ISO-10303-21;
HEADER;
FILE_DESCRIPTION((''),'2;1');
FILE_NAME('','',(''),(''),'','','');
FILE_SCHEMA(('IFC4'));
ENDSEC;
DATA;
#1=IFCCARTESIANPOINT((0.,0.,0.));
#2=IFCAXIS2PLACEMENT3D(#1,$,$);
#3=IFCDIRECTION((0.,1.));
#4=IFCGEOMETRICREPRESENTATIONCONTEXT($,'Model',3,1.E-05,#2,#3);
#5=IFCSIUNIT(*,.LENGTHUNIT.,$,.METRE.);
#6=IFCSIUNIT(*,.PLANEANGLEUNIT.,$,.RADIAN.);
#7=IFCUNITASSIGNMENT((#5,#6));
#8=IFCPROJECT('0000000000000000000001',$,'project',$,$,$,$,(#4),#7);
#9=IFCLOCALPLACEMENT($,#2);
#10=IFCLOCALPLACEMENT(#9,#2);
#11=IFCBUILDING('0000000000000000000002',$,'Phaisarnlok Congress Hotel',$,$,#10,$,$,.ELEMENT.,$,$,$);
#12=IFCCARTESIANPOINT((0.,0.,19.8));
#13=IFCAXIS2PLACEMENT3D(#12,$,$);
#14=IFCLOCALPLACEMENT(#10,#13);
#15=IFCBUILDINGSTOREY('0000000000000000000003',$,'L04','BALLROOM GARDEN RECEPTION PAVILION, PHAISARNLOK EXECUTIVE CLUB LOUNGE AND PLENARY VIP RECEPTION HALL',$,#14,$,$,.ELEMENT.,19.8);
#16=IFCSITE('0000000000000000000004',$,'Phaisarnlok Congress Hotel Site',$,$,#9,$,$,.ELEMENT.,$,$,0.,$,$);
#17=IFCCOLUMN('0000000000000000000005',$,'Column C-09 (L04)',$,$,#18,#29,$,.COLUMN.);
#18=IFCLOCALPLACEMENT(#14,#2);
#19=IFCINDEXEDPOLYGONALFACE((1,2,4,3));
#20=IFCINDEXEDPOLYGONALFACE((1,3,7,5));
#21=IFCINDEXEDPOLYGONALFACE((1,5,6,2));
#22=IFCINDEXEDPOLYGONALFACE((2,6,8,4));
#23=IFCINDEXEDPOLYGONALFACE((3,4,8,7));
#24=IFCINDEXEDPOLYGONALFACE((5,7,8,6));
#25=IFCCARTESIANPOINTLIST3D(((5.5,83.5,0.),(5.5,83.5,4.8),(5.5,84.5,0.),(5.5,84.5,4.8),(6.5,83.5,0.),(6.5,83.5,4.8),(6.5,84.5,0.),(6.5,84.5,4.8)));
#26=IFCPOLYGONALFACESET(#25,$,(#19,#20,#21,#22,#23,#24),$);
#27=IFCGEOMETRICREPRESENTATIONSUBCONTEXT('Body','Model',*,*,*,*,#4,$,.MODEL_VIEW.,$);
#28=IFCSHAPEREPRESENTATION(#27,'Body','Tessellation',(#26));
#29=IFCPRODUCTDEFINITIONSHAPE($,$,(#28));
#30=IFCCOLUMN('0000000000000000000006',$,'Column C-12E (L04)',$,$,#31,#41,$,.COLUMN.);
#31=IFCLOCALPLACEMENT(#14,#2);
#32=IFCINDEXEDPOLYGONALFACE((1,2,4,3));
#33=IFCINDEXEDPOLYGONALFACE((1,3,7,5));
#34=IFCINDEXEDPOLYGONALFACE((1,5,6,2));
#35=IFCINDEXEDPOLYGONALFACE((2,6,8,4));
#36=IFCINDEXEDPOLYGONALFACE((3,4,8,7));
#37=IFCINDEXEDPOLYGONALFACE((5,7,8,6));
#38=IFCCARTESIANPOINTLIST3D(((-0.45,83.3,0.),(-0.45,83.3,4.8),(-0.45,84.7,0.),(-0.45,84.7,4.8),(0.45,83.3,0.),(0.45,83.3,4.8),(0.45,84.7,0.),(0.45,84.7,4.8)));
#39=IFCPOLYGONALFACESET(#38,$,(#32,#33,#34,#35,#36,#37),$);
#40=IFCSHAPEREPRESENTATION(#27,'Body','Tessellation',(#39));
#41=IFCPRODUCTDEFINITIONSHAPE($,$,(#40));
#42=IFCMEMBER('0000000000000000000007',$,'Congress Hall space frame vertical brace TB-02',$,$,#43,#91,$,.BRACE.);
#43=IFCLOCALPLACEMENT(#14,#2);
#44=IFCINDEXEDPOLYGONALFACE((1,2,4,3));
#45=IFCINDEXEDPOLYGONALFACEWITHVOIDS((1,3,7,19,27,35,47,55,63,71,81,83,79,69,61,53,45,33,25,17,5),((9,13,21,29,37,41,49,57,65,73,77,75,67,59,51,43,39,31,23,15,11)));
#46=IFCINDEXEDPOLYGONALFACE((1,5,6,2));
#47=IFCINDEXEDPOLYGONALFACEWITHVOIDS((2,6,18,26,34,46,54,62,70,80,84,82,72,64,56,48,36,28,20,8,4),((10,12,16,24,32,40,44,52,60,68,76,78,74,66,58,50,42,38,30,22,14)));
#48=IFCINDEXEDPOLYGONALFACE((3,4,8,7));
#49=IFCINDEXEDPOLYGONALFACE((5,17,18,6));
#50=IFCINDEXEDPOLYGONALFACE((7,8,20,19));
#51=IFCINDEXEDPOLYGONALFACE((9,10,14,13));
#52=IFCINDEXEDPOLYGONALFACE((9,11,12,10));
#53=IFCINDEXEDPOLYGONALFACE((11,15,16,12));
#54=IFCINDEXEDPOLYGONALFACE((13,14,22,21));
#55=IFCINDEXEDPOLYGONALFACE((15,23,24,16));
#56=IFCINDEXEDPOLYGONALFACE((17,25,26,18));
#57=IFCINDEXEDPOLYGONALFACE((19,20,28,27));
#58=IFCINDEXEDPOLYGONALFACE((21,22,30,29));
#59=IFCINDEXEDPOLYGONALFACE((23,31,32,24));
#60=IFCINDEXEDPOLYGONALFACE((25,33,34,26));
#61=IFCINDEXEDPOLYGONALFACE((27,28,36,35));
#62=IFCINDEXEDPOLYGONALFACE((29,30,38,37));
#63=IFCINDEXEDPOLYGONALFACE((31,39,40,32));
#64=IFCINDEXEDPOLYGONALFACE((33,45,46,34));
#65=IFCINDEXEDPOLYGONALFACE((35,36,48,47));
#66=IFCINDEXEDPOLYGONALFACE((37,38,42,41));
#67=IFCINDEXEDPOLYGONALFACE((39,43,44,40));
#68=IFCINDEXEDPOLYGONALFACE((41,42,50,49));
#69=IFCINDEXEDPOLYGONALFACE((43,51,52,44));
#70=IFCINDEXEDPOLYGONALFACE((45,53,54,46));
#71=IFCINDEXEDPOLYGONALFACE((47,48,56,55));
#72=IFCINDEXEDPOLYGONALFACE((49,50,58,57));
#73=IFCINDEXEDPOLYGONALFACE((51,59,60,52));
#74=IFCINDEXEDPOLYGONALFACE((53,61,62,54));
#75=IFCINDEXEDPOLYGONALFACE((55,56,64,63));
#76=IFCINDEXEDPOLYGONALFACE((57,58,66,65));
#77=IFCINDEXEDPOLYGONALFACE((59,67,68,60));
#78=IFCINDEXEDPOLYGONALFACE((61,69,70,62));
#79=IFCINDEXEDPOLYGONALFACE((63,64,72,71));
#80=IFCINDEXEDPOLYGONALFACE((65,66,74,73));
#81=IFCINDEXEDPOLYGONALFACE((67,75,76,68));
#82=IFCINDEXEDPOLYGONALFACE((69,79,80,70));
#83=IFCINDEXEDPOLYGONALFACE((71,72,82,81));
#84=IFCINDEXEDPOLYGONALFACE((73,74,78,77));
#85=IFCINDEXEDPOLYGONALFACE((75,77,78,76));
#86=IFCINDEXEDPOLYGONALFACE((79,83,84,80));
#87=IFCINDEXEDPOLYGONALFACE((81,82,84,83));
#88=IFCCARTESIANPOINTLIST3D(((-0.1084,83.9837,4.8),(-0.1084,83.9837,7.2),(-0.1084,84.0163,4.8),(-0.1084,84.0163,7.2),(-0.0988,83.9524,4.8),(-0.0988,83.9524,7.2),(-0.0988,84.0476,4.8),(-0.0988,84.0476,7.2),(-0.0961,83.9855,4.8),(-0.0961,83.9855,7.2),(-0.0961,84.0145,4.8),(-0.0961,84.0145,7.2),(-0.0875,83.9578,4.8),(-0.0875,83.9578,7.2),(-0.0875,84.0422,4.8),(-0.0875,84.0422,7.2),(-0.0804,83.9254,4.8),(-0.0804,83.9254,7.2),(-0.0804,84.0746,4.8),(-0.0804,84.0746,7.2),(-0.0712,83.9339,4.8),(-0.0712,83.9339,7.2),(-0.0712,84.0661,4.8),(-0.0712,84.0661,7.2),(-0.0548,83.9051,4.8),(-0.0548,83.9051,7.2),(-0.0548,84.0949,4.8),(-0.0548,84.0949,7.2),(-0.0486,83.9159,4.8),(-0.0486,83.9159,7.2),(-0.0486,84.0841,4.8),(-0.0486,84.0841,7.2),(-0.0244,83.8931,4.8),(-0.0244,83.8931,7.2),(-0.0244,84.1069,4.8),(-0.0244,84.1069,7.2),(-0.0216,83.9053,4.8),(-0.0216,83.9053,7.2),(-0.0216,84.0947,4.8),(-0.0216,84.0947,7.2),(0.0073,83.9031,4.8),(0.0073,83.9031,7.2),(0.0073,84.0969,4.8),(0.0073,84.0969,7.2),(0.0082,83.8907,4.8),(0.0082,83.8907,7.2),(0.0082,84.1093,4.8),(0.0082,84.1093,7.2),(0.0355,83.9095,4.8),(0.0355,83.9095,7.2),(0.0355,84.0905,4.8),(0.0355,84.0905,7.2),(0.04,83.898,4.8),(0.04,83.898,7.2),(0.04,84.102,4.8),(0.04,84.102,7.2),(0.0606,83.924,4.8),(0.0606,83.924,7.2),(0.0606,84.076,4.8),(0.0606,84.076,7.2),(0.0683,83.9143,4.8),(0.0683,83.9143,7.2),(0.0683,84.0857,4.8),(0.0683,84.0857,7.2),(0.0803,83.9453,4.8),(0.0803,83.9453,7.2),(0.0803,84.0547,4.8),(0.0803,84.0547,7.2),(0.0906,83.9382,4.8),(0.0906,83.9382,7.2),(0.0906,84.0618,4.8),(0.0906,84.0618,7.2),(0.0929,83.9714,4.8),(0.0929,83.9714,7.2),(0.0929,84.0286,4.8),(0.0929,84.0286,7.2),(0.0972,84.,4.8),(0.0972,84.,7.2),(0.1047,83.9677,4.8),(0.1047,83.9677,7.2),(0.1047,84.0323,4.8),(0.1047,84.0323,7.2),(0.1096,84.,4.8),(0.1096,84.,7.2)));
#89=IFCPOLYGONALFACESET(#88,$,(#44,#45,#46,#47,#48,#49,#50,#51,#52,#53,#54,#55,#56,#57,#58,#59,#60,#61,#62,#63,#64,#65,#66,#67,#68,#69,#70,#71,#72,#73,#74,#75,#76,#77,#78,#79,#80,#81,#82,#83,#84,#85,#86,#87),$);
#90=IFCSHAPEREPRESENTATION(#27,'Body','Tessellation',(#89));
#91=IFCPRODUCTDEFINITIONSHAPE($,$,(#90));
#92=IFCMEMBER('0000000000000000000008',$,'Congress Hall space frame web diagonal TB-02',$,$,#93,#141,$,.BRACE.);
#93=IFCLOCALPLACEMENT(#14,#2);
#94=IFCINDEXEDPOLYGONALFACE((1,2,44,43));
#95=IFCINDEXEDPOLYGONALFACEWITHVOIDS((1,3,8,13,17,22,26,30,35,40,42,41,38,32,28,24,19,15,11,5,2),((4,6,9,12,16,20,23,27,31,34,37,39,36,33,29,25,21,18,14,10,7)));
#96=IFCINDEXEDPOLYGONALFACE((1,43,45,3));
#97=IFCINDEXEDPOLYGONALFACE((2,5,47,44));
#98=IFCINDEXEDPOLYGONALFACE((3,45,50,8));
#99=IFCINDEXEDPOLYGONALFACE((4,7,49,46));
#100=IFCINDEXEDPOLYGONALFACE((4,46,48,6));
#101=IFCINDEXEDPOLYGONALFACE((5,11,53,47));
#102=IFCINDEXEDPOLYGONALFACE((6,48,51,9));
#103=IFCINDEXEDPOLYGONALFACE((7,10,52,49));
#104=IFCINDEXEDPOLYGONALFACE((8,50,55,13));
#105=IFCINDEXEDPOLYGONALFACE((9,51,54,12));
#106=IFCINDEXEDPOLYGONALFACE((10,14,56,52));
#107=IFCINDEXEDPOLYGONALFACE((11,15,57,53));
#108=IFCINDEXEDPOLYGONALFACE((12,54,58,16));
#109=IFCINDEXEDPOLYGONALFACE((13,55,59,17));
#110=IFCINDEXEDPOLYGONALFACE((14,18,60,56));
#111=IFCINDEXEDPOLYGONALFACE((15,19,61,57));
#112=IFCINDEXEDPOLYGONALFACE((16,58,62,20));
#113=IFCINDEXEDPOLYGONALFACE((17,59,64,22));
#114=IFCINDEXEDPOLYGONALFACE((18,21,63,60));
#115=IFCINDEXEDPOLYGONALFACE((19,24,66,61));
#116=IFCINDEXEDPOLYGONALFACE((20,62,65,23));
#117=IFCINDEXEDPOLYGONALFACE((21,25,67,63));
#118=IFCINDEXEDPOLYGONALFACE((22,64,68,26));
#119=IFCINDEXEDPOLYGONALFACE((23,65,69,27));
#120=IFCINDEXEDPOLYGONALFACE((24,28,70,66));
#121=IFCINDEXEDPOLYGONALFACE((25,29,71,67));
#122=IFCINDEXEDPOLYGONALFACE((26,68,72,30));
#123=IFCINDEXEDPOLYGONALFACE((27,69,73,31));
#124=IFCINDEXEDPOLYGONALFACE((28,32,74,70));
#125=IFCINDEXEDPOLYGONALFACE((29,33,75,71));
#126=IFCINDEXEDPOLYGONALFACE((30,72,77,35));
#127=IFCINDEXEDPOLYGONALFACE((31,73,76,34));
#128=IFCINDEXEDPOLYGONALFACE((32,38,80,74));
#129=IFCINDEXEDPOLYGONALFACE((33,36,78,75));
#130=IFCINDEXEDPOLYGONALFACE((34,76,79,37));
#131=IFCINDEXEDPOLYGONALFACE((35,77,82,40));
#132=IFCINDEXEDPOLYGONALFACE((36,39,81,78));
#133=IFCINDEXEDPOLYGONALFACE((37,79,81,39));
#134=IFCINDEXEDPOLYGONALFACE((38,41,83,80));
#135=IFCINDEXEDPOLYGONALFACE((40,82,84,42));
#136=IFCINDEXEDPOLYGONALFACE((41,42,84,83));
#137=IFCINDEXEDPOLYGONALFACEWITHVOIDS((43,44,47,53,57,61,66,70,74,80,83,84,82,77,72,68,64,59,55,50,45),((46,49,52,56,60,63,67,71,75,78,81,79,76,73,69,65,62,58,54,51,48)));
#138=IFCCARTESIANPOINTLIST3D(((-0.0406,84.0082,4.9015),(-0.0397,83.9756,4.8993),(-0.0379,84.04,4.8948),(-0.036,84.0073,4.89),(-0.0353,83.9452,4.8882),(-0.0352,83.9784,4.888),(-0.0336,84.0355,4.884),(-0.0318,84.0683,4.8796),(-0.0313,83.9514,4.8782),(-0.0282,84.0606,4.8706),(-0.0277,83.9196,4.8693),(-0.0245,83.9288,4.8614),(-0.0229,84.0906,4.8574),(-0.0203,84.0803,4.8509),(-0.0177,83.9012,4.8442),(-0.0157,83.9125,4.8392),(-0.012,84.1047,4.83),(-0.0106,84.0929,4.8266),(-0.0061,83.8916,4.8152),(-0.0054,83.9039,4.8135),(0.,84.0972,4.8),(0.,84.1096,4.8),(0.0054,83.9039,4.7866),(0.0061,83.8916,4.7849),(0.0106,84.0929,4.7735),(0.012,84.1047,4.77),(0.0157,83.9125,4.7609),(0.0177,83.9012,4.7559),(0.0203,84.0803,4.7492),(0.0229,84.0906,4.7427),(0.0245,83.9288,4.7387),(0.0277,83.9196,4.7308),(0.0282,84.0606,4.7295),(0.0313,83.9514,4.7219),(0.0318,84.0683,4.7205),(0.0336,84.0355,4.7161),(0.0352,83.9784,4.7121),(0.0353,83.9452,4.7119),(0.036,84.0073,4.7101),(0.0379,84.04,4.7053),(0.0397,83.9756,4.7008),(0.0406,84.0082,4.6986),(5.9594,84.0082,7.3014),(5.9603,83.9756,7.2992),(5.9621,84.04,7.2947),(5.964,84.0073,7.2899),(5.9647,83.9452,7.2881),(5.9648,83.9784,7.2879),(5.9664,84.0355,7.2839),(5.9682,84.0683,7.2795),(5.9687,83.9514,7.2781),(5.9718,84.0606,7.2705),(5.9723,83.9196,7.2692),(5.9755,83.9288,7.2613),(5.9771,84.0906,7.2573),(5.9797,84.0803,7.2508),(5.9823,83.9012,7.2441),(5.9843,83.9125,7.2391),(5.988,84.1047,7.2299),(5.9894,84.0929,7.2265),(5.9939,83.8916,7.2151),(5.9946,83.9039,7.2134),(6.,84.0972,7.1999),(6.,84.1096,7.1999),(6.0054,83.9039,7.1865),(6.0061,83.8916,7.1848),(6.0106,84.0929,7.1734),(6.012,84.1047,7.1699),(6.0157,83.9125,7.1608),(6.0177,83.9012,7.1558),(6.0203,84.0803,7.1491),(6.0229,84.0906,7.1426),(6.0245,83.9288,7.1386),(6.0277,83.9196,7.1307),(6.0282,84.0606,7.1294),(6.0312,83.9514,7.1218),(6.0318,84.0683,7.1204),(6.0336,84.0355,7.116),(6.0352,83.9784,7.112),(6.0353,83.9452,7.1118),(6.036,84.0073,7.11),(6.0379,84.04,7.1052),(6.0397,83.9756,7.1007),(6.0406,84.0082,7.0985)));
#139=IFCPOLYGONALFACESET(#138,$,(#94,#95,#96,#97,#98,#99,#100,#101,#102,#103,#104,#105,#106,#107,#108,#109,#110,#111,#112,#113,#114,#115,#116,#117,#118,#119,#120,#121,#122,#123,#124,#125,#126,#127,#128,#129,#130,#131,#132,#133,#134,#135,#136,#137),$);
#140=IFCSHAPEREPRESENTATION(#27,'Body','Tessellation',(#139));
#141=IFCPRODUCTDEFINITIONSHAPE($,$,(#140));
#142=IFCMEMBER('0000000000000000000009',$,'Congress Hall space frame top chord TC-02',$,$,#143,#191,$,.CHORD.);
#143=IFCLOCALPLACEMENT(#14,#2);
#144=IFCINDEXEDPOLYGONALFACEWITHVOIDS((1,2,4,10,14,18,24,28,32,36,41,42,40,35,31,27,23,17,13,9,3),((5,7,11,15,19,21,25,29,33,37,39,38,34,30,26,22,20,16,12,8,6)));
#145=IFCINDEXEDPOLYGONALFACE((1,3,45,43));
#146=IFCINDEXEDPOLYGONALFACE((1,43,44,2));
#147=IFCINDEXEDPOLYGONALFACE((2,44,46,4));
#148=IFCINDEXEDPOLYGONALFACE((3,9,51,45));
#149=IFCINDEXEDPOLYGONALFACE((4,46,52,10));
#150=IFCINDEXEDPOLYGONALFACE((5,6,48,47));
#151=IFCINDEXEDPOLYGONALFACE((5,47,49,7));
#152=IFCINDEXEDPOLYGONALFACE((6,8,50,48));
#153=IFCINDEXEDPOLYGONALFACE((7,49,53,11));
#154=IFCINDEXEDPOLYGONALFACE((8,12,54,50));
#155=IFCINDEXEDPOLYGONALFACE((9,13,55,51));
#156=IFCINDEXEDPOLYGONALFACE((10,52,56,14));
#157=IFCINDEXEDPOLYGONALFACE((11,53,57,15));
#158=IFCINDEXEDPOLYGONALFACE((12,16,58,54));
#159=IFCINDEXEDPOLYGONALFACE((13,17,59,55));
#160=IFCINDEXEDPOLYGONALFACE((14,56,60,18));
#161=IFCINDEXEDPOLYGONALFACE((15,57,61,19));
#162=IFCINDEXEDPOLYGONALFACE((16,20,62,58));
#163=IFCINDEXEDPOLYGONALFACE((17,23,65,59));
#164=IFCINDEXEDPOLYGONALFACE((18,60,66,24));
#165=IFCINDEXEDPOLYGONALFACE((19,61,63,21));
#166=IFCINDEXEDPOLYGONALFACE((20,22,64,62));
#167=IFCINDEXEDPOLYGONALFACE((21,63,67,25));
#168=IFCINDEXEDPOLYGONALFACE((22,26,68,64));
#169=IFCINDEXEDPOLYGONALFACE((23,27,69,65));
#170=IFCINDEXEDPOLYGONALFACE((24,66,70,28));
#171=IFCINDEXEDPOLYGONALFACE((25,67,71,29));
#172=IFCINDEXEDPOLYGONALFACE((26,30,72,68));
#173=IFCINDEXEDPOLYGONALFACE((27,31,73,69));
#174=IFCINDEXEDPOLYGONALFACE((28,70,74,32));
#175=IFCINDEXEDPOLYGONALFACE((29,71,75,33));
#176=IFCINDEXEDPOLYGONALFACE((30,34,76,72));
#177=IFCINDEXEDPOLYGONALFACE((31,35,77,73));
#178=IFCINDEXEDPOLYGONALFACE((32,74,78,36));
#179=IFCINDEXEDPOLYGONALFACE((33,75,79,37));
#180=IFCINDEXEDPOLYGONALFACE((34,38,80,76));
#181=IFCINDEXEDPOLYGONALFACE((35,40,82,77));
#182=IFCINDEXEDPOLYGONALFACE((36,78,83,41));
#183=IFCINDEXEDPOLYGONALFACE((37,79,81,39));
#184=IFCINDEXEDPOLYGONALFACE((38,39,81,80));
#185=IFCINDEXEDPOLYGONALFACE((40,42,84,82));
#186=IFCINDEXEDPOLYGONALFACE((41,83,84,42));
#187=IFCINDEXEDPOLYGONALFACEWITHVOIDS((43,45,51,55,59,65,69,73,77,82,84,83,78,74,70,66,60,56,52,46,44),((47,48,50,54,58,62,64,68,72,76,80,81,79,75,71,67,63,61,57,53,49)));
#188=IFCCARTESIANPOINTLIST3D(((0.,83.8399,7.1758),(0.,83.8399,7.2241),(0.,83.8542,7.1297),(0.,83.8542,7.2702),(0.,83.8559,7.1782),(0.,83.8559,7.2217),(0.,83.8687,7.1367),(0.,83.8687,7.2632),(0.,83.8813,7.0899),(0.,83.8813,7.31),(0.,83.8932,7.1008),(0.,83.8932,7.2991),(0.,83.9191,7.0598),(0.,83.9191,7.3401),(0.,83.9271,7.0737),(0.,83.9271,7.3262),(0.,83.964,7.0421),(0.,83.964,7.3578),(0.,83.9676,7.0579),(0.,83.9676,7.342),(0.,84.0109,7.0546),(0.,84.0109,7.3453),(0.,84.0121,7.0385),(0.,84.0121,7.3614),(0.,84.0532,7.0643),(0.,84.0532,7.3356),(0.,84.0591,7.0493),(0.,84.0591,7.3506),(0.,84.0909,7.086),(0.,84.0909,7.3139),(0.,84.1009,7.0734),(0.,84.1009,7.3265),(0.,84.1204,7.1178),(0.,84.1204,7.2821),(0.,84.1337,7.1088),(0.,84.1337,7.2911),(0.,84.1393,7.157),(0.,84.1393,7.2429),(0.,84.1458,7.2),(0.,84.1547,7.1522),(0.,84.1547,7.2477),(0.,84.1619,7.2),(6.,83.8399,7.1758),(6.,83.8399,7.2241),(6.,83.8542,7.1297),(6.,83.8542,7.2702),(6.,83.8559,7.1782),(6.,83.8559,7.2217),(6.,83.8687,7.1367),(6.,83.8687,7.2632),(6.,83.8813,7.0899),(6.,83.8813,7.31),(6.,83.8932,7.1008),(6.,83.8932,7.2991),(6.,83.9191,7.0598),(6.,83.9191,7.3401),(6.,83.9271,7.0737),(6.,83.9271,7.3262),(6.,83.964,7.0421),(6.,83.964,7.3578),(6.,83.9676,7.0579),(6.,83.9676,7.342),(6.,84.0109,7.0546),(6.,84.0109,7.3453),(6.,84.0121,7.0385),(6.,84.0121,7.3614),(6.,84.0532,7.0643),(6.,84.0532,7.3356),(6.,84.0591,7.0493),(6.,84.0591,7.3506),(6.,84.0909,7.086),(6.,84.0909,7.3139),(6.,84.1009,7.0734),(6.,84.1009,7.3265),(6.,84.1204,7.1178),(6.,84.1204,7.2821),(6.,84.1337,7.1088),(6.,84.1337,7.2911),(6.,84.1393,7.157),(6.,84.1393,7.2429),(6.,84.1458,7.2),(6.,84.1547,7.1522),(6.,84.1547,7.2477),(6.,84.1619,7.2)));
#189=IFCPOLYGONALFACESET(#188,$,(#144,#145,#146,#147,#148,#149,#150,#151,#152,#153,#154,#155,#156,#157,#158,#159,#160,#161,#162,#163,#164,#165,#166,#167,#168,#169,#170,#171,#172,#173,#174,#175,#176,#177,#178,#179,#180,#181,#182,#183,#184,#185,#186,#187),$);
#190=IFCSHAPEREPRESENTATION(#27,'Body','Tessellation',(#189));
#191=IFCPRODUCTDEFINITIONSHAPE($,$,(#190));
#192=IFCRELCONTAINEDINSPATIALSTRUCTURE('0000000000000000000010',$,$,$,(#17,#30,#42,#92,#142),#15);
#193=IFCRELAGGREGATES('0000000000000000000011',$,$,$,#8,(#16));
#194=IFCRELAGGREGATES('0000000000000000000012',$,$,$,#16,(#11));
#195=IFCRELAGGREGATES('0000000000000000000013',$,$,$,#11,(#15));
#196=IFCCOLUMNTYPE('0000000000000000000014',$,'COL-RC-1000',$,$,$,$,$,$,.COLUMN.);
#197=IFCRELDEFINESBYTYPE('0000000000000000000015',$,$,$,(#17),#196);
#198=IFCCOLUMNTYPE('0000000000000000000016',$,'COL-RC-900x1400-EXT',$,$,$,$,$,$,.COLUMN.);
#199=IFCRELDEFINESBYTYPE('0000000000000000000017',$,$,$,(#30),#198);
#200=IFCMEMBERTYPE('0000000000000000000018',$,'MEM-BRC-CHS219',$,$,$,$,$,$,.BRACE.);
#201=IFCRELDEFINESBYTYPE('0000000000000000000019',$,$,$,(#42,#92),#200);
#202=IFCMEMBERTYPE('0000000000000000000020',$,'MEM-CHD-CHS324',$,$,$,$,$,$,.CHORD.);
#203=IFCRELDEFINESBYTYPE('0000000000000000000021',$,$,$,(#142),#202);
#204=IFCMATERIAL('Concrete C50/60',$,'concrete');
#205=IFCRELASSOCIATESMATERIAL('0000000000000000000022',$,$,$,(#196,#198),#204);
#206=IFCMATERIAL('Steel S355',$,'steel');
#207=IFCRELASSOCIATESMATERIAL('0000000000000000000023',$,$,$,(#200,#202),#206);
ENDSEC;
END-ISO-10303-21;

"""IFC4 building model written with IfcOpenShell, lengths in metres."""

from ifc_helpers import new_model, si_unit, direction, frame, origin, origin_2d, place, context, subcontext, project, spatial, rectangle, hollow_circle, extrude, material, material_profile, profile_set, type_object, element, save


model = new_model("IFC4")

# Units and contexts
model_context = context("Model", 3, precision=1e-05, world=origin(), true_north=direction((0.0, 1.0)))
body_context = subcontext(model_context, "Body", "Model", "MODEL_VIEW")
ifc_project = project(units=[si_unit("LENGTHUNIT", "METRE"), si_unit("PLANEANGLEUNIT", "RADIAN")], contexts=[model_context])

# Site, building, storey
site_placement = place(None, origin())
site = spatial("IfcSite", under=ifc_project, at=site_placement, Name="Phaisarnlok Congress Hotel Site", CompositionType="ELEMENT", RefElevation=0.0)
building_placement = place(site_placement, origin())
building = spatial("IfcBuilding", under=site, at=building_placement, Name="Phaisarnlok Congress Hotel", CompositionType="ELEMENT")
storey_placement = place(building_placement, frame((0.0, 0.0, 19.8)))
storey = spatial("IfcBuildingStorey", under=building, at=storey_placement, Name="L04", Description="BALLROOM GARDEN RECEPTION PAVILION, PHAISARNLOK EXECUTIVE CLUB LOUNGE AND PLENARY VIP RECEPTION HALL", CompositionType="ELEMENT", Elevation=19.8)

# Columns
ifc_material_1 = material(Name="Concrete C50/60", Category="concrete")
ifc_material_profile_1 = material_profile(ifc_material_1, rectangle(XDim=1.0, YDim=1.0, at=origin_2d()), Name="RC 1000x1000")
ifc_profile_set_1 = profile_set([ifc_material_profile_1], Name="Concrete C50/60")
column_type_1 = type_object("IfcColumnType", Name="COL-RC-1000", PredefinedType="COLUMN", material=ifc_profile_set_1)
column_1_placement = place(storey_placement, frame((6.0, 84.0, 0.0), z_axis=(0.0, 0.0, 1.0), x_axis=(1.0, 0.0, 0.0)))
element("IfcColumn", 1, at=column_1_placement, inside=storey, type_object=column_type_1, Name="Column C-09 (L04)", PredefinedType="COLUMN", context=body_context, shape_type="SweptSolid", body=[
    extrude(rectangle(XDim=1.0, YDim=1.0, at=origin_2d()), origin(), (0.0, 0.0, 1.0), 4.8),
])
ifc_material_profile_2 = material_profile(ifc_material_1, rectangle(XDim=0.8999, YDim=1.3999, at=origin_2d()), Name="RC 900x1400")
ifc_profile_set_2 = profile_set([ifc_material_profile_2], Name="Concrete C50/60")
column_type_2 = type_object("IfcColumnType", Name="COL-RC-900x1400-EXT", PredefinedType="COLUMN", material=ifc_profile_set_2)
column_2_placement = place(storey_placement, frame((0.0, 84.0, 0.0), z_axis=(0.0, 0.0, 1.0), x_axis=(1.0, 0.0, 0.0)))
element("IfcColumn", 2, at=column_2_placement, inside=storey, type_object=column_type_2, Name="Column C-12E (L04)", PredefinedType="COLUMN", context=body_context, shape_type="SweptSolid", body=[
    extrude(rectangle(XDim=0.8999, YDim=1.3999, at=origin_2d()), origin(), (0.0, 0.0, 1.0), 4.8),
])

# Members
ifc_material_2 = material(Name="Steel S355", Category="steel")
ifc_material_profile_3 = material_profile(ifc_material_2, hollow_circle(Radius=0.1096, WallThickness=0.0125, at=origin_2d()), Name="CHS 219.1x12.5")
ifc_profile_set_3 = profile_set([ifc_material_profile_3], Name="Steel S355")
member_type_1 = type_object("IfcMemberType", Name="MEM-BRC-CHS219", PredefinedType="BRACE", material=ifc_profile_set_3)
member_1_placement = place(storey_placement, frame((0.0, 84.0, 4.8), z_axis=(0.0, 0.0, 1.0), x_axis=(1.0, 0.0, 0.0)))
element("IfcMember", 3, at=member_1_placement, inside=storey, type_object=member_type_1, Name="Congress Hall space frame vertical brace TB-02", PredefinedType="BRACE", context=body_context, shape_type="SweptSolid", body=[
    extrude(hollow_circle(Radius=0.1096, WallThickness=0.0125, at=origin_2d()), origin(), (0.0, 0.0, 1.0), 2.3999),
])
member_2_placement = place(storey_placement, frame((0.0, 84.0, 4.8), z_axis=(0.928482, 0.0, 0.371378), x_axis=(0.0, 1.0, 0.0)))
element("IfcMember", 4, at=member_2_placement, inside=storey, type_object=member_type_1, Name="Congress Hall space frame web diagonal TB-02", PredefinedType="BRACE", context=body_context, shape_type="SweptSolid", body=[
    extrude(hollow_circle(Radius=0.1096, WallThickness=0.0125, at=origin_2d()), origin(), (0.0, 0.0, 1.0), 6.4622),
])
ifc_material_profile_4 = material_profile(ifc_material_2, hollow_circle(Radius=0.1619, WallThickness=0.0161, at=origin_2d()), Name="CHS 323.9x16")
ifc_profile_set_4 = profile_set([ifc_material_profile_4], Name="Steel S355")
member_type_2 = type_object("IfcMemberType", Name="MEM-CHD-CHS324", PredefinedType="CHORD", material=ifc_profile_set_4)
member_3_placement = place(storey_placement, frame((0.0, 84.0, 7.2), z_axis=(1.0, 0.0, 0.0), x_axis=(0.0, 1.0, 0.0)))
element("IfcMember", 5, at=member_3_placement, inside=storey, type_object=member_type_2, Name="Congress Hall space frame top chord TC-02", PredefinedType="CHORD", context=body_context, shape_type="SweptSolid", body=[
    extrude(hollow_circle(Radius=0.1619, WallThickness=0.0161, at=origin_2d()), origin(), (0.0, 0.0, 1.0), 6.0),
])

save(model, "model.ifc")
